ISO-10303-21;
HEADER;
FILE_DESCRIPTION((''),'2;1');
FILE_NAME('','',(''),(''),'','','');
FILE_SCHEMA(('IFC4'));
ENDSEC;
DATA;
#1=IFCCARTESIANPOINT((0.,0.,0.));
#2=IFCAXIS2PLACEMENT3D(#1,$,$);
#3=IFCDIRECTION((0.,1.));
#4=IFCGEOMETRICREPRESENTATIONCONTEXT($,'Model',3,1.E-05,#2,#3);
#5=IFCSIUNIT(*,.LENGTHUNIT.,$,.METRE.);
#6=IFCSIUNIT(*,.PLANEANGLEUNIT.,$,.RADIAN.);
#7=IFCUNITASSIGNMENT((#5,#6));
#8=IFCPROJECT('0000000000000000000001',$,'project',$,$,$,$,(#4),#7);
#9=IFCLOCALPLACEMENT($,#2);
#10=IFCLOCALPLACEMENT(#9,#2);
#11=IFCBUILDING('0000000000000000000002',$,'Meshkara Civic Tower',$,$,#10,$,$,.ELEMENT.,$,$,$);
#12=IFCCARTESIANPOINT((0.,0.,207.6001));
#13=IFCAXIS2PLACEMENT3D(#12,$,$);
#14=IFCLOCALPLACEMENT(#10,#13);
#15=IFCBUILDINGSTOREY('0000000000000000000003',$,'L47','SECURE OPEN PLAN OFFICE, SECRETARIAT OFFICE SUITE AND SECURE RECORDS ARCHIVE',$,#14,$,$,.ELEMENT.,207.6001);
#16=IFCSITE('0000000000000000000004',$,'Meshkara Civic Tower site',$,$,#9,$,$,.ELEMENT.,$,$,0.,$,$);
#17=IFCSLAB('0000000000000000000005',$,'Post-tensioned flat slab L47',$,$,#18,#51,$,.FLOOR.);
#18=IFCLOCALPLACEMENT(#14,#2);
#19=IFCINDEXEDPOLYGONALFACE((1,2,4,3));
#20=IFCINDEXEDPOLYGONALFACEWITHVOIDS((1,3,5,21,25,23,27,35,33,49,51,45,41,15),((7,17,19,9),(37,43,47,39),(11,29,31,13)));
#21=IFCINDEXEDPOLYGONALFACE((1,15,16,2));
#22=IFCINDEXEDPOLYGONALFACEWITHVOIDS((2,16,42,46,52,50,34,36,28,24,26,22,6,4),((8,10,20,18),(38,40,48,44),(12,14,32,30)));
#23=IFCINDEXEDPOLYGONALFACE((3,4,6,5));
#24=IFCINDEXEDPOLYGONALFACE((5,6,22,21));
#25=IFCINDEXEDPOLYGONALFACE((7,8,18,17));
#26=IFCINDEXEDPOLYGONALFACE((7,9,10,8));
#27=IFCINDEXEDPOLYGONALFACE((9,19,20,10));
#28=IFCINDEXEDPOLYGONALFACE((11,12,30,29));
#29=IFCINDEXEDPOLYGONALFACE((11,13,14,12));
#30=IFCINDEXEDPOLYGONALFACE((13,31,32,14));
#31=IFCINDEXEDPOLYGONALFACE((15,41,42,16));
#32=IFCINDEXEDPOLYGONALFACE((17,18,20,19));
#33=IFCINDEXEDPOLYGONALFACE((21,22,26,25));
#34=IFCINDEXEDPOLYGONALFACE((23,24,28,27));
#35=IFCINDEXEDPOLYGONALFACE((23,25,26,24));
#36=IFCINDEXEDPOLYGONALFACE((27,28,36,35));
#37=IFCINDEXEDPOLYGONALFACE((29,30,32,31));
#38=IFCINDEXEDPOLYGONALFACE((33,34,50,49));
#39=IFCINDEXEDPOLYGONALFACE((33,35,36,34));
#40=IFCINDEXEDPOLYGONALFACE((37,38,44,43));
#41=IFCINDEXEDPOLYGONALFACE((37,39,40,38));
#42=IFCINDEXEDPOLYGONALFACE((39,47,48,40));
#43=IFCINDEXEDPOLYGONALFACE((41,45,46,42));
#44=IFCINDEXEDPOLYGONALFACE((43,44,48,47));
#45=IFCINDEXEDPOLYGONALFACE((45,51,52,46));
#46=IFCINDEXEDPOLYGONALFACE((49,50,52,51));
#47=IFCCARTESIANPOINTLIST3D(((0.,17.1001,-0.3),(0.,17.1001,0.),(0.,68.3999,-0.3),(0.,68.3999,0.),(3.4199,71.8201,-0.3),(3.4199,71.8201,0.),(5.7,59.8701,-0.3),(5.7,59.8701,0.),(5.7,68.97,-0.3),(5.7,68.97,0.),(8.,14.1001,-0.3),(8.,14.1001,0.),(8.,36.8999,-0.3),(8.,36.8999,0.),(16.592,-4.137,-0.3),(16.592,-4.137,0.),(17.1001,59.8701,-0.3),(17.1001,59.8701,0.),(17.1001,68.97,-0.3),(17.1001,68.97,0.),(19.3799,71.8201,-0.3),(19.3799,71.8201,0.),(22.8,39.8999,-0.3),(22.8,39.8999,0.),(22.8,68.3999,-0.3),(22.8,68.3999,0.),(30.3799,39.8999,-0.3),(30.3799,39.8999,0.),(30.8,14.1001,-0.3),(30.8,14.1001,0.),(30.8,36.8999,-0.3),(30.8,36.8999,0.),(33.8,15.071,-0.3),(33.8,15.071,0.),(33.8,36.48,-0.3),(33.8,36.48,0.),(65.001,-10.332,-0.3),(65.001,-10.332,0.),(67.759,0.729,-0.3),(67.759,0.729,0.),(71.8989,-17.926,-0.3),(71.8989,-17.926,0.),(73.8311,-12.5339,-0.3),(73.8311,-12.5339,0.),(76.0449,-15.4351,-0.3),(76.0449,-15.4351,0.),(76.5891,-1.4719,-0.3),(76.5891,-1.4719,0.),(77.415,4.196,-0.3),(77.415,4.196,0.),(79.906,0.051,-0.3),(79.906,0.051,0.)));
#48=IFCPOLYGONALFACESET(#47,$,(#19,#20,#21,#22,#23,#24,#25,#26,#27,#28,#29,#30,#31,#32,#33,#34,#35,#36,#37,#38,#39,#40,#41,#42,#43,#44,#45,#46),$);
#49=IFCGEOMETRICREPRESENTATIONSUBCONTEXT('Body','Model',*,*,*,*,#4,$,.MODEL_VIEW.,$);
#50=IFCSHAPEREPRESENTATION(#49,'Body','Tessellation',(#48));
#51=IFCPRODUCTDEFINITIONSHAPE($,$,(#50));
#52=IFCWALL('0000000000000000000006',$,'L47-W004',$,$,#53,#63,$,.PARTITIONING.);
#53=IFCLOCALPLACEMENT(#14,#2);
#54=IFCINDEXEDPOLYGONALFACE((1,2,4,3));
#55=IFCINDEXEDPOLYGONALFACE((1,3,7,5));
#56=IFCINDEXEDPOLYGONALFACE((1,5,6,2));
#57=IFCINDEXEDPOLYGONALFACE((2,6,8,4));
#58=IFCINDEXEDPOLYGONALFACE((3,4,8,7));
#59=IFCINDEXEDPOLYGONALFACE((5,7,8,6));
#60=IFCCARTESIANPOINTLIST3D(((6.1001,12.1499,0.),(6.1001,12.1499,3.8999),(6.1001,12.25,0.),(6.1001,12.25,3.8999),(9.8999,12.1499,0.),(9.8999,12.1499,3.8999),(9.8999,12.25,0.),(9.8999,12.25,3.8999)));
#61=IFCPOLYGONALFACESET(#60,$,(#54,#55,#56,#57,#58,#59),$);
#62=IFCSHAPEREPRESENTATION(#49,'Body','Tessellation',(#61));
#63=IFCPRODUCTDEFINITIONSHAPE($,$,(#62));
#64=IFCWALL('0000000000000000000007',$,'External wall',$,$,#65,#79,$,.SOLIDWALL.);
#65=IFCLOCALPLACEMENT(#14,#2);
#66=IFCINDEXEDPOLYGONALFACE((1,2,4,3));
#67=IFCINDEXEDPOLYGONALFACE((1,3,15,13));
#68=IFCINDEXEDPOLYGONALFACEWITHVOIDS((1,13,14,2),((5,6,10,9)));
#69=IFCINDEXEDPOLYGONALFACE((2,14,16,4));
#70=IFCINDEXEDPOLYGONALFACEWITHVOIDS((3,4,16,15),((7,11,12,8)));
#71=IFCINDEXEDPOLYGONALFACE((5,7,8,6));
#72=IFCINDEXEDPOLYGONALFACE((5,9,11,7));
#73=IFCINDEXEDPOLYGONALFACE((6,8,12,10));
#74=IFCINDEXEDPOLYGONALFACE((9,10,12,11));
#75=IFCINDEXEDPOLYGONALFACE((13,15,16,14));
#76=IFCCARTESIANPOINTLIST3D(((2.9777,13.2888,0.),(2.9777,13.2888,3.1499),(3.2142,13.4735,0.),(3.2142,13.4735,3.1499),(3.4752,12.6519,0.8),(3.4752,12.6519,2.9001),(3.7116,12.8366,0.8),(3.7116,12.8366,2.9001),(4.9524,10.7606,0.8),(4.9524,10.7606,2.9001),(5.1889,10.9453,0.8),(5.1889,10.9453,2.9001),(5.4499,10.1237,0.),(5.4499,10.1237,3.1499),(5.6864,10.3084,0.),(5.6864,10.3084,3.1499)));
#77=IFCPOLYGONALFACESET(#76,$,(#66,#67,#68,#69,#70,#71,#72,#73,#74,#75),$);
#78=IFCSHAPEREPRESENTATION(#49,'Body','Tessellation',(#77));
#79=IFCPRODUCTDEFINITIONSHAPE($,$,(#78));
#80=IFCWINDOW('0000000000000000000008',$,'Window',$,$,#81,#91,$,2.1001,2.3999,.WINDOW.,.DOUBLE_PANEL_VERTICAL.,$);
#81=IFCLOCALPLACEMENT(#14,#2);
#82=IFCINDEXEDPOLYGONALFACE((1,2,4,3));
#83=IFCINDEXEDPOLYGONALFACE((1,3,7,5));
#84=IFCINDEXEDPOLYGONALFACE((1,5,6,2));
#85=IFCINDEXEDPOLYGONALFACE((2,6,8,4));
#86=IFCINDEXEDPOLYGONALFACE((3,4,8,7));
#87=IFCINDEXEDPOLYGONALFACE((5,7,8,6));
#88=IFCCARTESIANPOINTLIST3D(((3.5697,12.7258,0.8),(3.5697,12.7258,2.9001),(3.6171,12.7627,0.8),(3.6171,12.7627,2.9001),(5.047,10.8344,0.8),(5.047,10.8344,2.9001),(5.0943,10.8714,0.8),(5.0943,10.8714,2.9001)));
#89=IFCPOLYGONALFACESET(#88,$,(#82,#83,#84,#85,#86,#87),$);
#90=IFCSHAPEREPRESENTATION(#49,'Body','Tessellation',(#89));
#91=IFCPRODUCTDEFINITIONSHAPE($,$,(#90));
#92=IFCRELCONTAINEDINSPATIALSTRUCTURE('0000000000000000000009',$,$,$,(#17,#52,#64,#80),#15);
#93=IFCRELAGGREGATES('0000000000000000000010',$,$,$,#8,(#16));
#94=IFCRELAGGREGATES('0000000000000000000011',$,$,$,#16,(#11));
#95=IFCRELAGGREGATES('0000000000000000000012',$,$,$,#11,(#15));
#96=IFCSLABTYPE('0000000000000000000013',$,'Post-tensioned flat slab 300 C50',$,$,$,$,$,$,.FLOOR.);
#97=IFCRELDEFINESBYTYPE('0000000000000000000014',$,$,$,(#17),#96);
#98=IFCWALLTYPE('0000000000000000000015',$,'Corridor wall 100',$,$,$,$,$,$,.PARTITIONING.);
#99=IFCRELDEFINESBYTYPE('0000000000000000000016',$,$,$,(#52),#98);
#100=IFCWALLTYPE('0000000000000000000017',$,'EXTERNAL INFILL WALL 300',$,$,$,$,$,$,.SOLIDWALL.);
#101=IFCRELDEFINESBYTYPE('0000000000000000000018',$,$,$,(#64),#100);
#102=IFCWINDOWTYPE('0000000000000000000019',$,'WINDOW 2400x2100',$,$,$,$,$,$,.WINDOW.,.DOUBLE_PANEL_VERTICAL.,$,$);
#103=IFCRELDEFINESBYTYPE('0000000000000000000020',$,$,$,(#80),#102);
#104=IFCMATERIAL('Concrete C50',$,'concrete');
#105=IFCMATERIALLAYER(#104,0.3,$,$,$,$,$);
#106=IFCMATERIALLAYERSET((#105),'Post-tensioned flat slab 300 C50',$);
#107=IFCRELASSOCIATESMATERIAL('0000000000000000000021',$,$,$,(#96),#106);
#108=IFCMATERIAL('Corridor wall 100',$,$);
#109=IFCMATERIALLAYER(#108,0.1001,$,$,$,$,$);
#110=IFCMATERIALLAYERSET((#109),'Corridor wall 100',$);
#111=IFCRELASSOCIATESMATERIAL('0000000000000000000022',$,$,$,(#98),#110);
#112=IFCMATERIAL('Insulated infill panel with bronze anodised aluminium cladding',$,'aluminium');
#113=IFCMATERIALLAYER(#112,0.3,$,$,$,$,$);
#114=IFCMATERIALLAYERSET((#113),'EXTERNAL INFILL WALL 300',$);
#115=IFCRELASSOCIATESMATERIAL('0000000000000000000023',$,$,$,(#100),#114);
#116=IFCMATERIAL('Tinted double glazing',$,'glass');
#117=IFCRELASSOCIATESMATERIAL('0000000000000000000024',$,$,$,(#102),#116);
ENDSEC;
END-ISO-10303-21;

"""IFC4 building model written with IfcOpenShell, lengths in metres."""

from ifc_helpers import new_model, si_unit, direction, frame, frame_2d, origin, place, context, subcontext, project, spatial, polyline, rectangle, outline, extrude, material, layer, layer_set, type_object, element, fill, save


model = new_model("IFC4")

# Units and contexts
model_context = context("Model", 3, precision=1e-05, world=origin(), true_north=direction((0.0, 1.0)))
body_context = subcontext(model_context, "Body", "Model", "MODEL_VIEW")
ifc_project = project(units=[si_unit("LENGTHUNIT", "METRE"), si_unit("PLANEANGLEUNIT", "RADIAN")], contexts=[model_context])

# Site, building, storey
site_placement = place(None, origin())
site = spatial("IfcSite", under=ifc_project, at=site_placement, Name="Meshkara Civic Tower site", CompositionType="ELEMENT", RefElevation=0.0)
building_placement = place(site_placement, origin())
building = spatial("IfcBuilding", under=site, at=building_placement, Name="Meshkara Civic Tower", CompositionType="ELEMENT")
storey_placement = place(building_placement, frame((0.0, 0.0, 207.6001)))
storey = spatial("IfcBuildingStorey", under=building, at=storey_placement, Name="L47", Description="SECURE OPEN PLAN OFFICE, SECRETARIAT OFFICE SUITE AND SECURE RECORDS ARCHIVE", CompositionType="ELEMENT", Elevation=207.6001)

# Slab
ifc_material_1 = material(Name="Concrete C50", Category="concrete")
ifc_layer_1 = layer(ifc_material_1, 0.3)
ifc_layer_set_1 = layer_set([ifc_layer_1], Name="Post-tensioned flat slab 300 C50")
slab_type_1 = type_object("IfcSlabType", Name="Post-tensioned flat slab 300 C50", PredefinedType="FLOOR", material=ifc_layer_set_1)
slab_1_placement = place(storey_placement, frame((0.0, 0.0, -0.3)))
element("IfcSlab", 1, at=slab_1_placement, inside=storey, type_object=slab_type_1, Name="Post-tensioned flat slab L47", PredefinedType="FLOOR", context=body_context, shape_type="SweptSolid", body=[
    extrude(outline(polyline([(76.0449, -15.4351), (71.8989, -17.926), (16.592, -4.137), (0.0, 17.1001), (0.0, 68.3999), (3.4199, 71.8201), (19.3799, 71.8201), (22.8, 68.3999), (22.8, 39.8999), (30.3799, 39.8999), (33.8, 36.48), (33.8, 15.071), (77.415, 4.196), (79.906, 0.051), (76.0449, -15.4351)]), holes=[polyline([(73.8311, -12.5339), (76.5891, -1.4719), (67.759, 0.729), (65.001, -10.332), (73.8311, -12.5339)]), polyline([(8.0, 14.1001), (30.8, 14.1001), (30.8, 36.8999), (8.0, 36.8999), (8.0, 14.1001)]), polyline([(5.7, 68.97), (5.7, 59.8701), (17.1001, 59.8701), (17.1001, 68.97), (5.7, 68.97)])]), origin(), (0.0, 0.0, 1.0), 0.3),
])

# Wall
ifc_material_2 = material(Name="Corridor wall 100")
ifc_layer_2 = layer(ifc_material_2, 0.1001)
ifc_layer_set_2 = layer_set([ifc_layer_2], Name="Corridor wall 100")
wall_type_1 = type_object("IfcWallType", Name="Corridor wall 100", PredefinedType="PARTITIONING", material=ifc_layer_set_2)
wall_1_placement = place(storey_placement, frame((6.1001, 12.2, 0.0), z_axis=(0.0, 0.0, 1.0), x_axis=(1.0, 0.0, 0.0)))
element("IfcWall", 2, at=wall_1_placement, inside=storey, type_object=wall_type_1, Name="L47-W004", PredefinedType="PARTITIONING", context=body_context, shape_type="SweptSolid", body=[
    extrude(rectangle(XDim=3.7998, YDim=0.1001, at=frame_2d((1.8999, 0.0))), origin(), (0.0, 0.0, 1.0), 3.8999),
])

# Wall, opening, window
ifc_material_3 = material(Name="Insulated infill panel with bronze anodised aluminium cladding", Category="aluminium")
ifc_layer_3 = layer(ifc_material_3, 0.3)
ifc_layer_set_3 = layer_set([ifc_layer_3], Name="EXTERNAL INFILL WALL 300")
wall_type_2 = type_object("IfcWallType", Name="EXTERNAL INFILL WALL 300", PredefinedType="SOLIDWALL", material=ifc_layer_set_3)
wall_2_placement = place(storey_placement, frame((3.0959, 13.3811, 0.0), z_axis=(0.0, 0.0, 1.0), x_axis=(0.615564, -0.788087, 0.0)))
wall_2 = element("IfcWall", 3, at=wall_2_placement, inside=storey, type_object=wall_type_2, Name="External wall", PredefinedType="SOLIDWALL", context=body_context, shape_type="SweptSolid", body=[
    extrude(rectangle(XDim=4.0161, YDim=0.3, at=frame_2d((2.0081, 0.0))), origin(), (0.0, 0.0, 1.0), 3.1499),
])
opening_placement = place(wall_2_placement, frame((0.8081, 0.0, 0.8)))
opening = element("IfcOpeningElement", 4, at=opening_placement, cuts=wall_2, PredefinedType="OPENING", context=body_context, shape_type="SweptSolid", body=[
    extrude(rectangle(XDim=2.3999, YDim=2.1001, at=frame_2d((1.2, 1.05))), frame((0.0, 0.1599, 0.0), z_axis=(0.0, -1.0, 0.0), x_axis=(1.0, 0.0, 0.0)), (0.0, 0.0, 1.0), 0.3201),
])
ifc_material_4 = material(Name="Tinted double glazing", Category="glass")
window_type = type_object("IfcWindowType", Name="WINDOW 2400x2100", PartitioningType="DOUBLE_PANEL_VERTICAL", PredefinedType="WINDOW", material=ifc_material_4)
window_placement = place(opening_placement, origin())
window = element("IfcWindow", 5, at=window_placement, inside=storey, type_object=window_type, Name="Window", OverallHeight=2.1001, OverallWidth=2.3999, PartitioningType="DOUBLE_PANEL_VERTICAL", PredefinedType="WINDOW", context=body_context, shape_type="SweptSolid", body=[
    extrude(rectangle(XDim=2.3999, YDim=2.1001, at=frame_2d((1.2, 1.05))), frame((0.0, 0.03, 0.0), z_axis=(0.0, -1.0, 0.0), x_axis=(1.0, 0.0, 0.0)), (0.0, 0.0, 1.0), 0.0601),
])
fill(opening, window)

save(model, "model.ifc")
